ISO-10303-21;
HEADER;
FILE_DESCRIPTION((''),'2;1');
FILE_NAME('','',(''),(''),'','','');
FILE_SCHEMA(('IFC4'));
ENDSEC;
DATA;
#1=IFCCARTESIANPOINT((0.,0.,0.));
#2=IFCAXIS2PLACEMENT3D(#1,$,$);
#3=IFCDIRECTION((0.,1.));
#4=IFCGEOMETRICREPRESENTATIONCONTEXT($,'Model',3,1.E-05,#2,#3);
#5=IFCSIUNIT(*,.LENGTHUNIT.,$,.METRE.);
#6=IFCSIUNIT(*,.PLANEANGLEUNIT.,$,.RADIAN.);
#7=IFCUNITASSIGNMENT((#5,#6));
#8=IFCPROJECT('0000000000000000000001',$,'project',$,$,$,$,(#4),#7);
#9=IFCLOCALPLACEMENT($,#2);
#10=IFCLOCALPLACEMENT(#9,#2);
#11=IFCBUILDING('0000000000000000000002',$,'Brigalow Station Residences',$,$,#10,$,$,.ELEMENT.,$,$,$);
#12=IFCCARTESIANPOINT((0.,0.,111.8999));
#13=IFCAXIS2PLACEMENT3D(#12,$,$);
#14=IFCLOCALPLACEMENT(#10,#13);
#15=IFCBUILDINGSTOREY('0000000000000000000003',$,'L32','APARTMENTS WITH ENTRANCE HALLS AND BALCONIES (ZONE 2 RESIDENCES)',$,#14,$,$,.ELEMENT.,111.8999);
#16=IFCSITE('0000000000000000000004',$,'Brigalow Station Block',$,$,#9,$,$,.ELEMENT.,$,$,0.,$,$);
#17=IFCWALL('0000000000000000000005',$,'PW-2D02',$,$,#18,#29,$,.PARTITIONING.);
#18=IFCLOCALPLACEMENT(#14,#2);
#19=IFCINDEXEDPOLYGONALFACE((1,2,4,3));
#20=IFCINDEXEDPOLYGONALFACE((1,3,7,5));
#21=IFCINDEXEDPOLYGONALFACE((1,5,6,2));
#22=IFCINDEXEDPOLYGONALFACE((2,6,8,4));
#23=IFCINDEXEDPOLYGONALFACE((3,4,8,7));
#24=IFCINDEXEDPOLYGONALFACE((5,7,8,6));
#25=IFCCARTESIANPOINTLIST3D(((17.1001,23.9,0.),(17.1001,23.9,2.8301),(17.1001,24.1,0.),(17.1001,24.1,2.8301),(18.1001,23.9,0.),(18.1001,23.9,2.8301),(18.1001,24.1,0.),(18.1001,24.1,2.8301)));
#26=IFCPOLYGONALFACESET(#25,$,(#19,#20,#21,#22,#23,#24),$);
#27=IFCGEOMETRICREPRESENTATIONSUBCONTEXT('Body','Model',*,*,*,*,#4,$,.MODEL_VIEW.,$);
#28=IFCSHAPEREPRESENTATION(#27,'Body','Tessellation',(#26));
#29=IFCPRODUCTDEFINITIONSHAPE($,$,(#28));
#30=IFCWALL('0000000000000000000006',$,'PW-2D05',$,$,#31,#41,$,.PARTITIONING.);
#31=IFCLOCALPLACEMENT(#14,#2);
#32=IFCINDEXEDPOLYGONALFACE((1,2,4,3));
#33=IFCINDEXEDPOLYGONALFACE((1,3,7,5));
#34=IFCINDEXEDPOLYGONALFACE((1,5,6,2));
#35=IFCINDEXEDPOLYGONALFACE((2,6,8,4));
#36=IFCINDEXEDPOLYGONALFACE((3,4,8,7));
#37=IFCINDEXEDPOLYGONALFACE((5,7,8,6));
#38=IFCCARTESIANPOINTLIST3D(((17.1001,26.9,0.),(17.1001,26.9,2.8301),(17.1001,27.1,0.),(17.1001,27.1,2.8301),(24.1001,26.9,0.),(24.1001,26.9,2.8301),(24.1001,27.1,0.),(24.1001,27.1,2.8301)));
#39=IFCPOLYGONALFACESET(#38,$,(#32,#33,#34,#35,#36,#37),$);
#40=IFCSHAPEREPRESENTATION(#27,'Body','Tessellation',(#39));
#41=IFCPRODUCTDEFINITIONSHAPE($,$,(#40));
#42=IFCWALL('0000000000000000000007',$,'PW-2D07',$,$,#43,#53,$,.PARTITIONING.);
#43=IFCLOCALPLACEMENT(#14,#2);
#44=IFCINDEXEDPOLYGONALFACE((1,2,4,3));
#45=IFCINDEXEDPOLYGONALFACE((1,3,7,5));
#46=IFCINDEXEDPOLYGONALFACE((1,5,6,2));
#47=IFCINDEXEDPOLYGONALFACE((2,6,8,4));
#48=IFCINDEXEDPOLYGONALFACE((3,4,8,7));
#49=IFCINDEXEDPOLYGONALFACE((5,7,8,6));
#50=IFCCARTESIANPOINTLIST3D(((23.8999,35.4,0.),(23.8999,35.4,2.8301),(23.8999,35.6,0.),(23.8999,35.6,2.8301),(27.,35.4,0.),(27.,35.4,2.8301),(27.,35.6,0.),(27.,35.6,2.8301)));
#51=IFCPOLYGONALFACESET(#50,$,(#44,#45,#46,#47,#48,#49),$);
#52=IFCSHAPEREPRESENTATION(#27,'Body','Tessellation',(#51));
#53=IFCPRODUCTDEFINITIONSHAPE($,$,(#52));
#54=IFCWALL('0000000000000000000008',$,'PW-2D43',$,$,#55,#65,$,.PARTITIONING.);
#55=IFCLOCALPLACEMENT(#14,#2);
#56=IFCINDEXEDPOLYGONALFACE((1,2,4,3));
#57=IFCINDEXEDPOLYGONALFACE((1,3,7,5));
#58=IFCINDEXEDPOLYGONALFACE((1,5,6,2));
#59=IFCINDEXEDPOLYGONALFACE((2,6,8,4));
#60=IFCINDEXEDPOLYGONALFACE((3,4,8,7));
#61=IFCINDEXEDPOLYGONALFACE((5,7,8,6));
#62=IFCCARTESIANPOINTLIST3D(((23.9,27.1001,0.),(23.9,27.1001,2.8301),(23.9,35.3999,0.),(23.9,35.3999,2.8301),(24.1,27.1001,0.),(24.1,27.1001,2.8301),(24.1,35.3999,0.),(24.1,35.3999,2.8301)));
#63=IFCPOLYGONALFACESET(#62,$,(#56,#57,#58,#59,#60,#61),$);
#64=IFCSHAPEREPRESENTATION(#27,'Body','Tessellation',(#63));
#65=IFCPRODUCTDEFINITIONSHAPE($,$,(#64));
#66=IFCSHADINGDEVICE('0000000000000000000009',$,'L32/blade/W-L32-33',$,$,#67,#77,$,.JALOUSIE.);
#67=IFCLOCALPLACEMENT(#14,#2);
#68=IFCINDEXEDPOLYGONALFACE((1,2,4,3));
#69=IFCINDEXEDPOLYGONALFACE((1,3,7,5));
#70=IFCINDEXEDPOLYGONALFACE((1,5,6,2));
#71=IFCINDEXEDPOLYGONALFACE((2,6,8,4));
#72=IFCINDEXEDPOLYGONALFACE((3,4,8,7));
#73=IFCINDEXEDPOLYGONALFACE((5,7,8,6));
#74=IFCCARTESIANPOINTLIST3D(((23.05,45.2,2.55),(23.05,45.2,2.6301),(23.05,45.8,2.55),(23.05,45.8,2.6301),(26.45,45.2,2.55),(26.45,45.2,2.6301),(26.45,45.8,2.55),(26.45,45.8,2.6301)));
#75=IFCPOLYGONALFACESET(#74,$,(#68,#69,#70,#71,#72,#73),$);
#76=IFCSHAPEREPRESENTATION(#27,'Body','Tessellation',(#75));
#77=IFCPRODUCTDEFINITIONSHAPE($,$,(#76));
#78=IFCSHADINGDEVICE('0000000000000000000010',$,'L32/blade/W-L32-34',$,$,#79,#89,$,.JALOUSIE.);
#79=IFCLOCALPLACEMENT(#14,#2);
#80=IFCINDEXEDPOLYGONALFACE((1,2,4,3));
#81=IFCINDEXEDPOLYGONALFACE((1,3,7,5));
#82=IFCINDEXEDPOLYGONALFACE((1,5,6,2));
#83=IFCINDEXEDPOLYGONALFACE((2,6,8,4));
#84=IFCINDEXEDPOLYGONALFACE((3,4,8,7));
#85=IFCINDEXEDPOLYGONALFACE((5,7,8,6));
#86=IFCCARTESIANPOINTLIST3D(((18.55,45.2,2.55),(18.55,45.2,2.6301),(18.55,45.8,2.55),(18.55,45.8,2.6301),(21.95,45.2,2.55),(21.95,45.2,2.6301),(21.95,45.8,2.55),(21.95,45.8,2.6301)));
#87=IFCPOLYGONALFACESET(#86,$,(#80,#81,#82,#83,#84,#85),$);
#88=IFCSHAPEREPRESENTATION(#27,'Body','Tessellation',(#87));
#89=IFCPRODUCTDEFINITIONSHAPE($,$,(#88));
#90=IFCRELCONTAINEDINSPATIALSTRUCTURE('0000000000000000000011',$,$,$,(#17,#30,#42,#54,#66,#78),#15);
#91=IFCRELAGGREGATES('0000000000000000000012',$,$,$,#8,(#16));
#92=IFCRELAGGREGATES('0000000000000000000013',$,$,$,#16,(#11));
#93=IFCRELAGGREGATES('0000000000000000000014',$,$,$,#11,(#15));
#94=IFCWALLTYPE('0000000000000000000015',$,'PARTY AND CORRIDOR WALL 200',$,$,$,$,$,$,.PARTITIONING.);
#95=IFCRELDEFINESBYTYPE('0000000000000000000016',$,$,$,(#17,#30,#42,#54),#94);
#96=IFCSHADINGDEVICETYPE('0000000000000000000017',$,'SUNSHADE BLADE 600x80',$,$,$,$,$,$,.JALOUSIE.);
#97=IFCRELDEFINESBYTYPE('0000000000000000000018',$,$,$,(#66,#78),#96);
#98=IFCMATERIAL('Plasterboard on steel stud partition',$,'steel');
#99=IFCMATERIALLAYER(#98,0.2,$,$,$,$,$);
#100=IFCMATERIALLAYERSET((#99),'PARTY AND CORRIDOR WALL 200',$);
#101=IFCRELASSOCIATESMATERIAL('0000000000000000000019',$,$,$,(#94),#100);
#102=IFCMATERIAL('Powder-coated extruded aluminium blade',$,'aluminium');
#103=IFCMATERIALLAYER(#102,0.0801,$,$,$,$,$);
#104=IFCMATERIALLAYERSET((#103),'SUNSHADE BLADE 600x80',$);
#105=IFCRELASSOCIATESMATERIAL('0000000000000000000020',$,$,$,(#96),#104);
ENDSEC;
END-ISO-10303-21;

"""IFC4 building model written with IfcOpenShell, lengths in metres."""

from ifc_helpers import new_model, si_unit, direction, frame, frame_2d, origin, origin_2d, place, context, subcontext, project, spatial, rectangle, extrude, material, layer, layer_set, type_object, element, save


model = new_model("IFC4")

# Units and contexts
model_context = context("Model", 3, precision=1e-05, world=origin(), true_north=direction((0.0, 1.0)))
body_context = subcontext(model_context, "Body", "Model", "MODEL_VIEW")
ifc_project = project(units=[si_unit("LENGTHUNIT", "METRE"), si_unit("PLANEANGLEUNIT", "RADIAN")], contexts=[model_context])

# Site, building, storey
site_placement = place(None, origin())
site = spatial("IfcSite", under=ifc_project, at=site_placement, Name="Brigalow Station Block", CompositionType="ELEMENT", RefElevation=0.0)
building_placement = place(site_placement, origin())
building = spatial("IfcBuilding", under=site, at=building_placement, Name="Brigalow Station Residences", CompositionType="ELEMENT")
storey_placement = place(building_placement, frame((0.0, 0.0, 111.8999)))
storey = spatial("IfcBuildingStorey", under=building, at=storey_placement, Name="L32", Description="APARTMENTS WITH ENTRANCE HALLS AND BALCONIES (ZONE 2 RESIDENCES)", CompositionType="ELEMENT", Elevation=111.8999)

# Walls
ifc_material_1 = material(Name="Plasterboard on steel stud partition", Category="steel")
ifc_layer_1 = layer(ifc_material_1, 0.2)
ifc_layer_set_1 = layer_set([ifc_layer_1], Name="PARTY AND CORRIDOR WALL 200")
wall_type_1 = type_object("IfcWallType", Name="PARTY AND CORRIDOR WALL 200", PredefinedType="PARTITIONING", material=ifc_layer_set_1)
wall_1_placement = place(storey_placement, frame((17.1001, 24.0, 0.0), z_axis=(0.0, 0.0, 1.0), x_axis=(1.0, 0.0, 0.0)))
element("IfcWall", 1, at=wall_1_placement, inside=storey, type_object=wall_type_1, Name="PW-2D02", PredefinedType="PARTITIONING", context=body_context, shape_type="SweptSolid", body=[
    extrude(rectangle(XDim=1.0, YDim=0.2, at=frame_2d((0.5, 0.0))), origin(), (0.0, 0.0, 1.0), 2.8301),
])
wall_2_placement = place(storey_placement, frame((17.1001, 27.0, 0.0), z_axis=(0.0, 0.0, 1.0), x_axis=(1.0, 0.0, 0.0)))
element("IfcWall", 2, at=wall_2_placement, inside=storey, type_object=wall_type_1, Name="PW-2D05", PredefinedType="PARTITIONING", context=body_context, shape_type="SweptSolid", body=[
    extrude(rectangle(XDim=7.0, YDim=0.2, at=frame_2d((3.5, 0.0))), origin(), (0.0, 0.0, 1.0), 2.8301),
])
wall_3_placement = place(storey_placement, frame((23.8999, 35.5, 0.0), z_axis=(0.0, 0.0, 1.0), x_axis=(1.0, 0.0, 0.0)))
element("IfcWall", 3, at=wall_3_placement, inside=storey, type_object=wall_type_1, Name="PW-2D07", PredefinedType="PARTITIONING", context=body_context, shape_type="SweptSolid", body=[
    extrude(rectangle(XDim=3.1001, YDim=0.2, at=frame_2d((1.55, 0.0))), origin(), (0.0, 0.0, 1.0), 2.8301),
])
wall_4_placement = place(storey_placement, frame((24.0, 27.1001, 0.0), z_axis=(0.0, 0.0, 1.0), x_axis=(0.0, 1.0, 0.0)))
element("IfcWall", 4, at=wall_4_placement, inside=storey, type_object=wall_type_1, Name="PW-2D43", PredefinedType="PARTITIONING", context=body_context, shape_type="SweptSolid", body=[
    extrude(rectangle(XDim=8.2998, YDim=0.2, at=frame_2d((4.1499, 0.0))), origin(), (0.0, 0.0, 1.0), 2.8301),
])

# Shading devices
ifc_material_2 = material(Name="Powder-coated extruded aluminium blade", Category="aluminium")
ifc_layer_2 = layer(ifc_material_2, 0.0801)
ifc_layer_set_2 = layer_set([ifc_layer_2], Name="SUNSHADE BLADE 600x80")
shading_device_type = type_object("IfcShadingDeviceType", Name="SUNSHADE BLADE 600x80", PredefinedType="JALOUSIE", material=ifc_layer_set_2)
for number, where, z_axis, x_axis, name in (
    (5, (24.75, 45.5, 2.55), (0.0, 0.0, 1.0), (-1.0, 0.0, 0.0), "L32/blade/W-L32-33"),
    (6, (20.25, 45.5, 2.55), (0.0, 0.0, 1.0), (-1.0, 0.0, 0.0), "L32/blade/W-L32-34"),
):
    element("IfcShadingDevice", number, at=place(storey_placement, frame(where, z_axis=z_axis, x_axis=x_axis)), inside=storey, type_object=shading_device_type, Name=name, PredefinedType="JALOUSIE", context=body_context, shape_type="SweptSolid", body=[
        extrude(rectangle(XDim=3.3999, YDim=0.6001, at=origin_2d()), origin(), (0.0, 0.0, 1.0), 0.0801),
    ])

save(model, "model.ifc")
